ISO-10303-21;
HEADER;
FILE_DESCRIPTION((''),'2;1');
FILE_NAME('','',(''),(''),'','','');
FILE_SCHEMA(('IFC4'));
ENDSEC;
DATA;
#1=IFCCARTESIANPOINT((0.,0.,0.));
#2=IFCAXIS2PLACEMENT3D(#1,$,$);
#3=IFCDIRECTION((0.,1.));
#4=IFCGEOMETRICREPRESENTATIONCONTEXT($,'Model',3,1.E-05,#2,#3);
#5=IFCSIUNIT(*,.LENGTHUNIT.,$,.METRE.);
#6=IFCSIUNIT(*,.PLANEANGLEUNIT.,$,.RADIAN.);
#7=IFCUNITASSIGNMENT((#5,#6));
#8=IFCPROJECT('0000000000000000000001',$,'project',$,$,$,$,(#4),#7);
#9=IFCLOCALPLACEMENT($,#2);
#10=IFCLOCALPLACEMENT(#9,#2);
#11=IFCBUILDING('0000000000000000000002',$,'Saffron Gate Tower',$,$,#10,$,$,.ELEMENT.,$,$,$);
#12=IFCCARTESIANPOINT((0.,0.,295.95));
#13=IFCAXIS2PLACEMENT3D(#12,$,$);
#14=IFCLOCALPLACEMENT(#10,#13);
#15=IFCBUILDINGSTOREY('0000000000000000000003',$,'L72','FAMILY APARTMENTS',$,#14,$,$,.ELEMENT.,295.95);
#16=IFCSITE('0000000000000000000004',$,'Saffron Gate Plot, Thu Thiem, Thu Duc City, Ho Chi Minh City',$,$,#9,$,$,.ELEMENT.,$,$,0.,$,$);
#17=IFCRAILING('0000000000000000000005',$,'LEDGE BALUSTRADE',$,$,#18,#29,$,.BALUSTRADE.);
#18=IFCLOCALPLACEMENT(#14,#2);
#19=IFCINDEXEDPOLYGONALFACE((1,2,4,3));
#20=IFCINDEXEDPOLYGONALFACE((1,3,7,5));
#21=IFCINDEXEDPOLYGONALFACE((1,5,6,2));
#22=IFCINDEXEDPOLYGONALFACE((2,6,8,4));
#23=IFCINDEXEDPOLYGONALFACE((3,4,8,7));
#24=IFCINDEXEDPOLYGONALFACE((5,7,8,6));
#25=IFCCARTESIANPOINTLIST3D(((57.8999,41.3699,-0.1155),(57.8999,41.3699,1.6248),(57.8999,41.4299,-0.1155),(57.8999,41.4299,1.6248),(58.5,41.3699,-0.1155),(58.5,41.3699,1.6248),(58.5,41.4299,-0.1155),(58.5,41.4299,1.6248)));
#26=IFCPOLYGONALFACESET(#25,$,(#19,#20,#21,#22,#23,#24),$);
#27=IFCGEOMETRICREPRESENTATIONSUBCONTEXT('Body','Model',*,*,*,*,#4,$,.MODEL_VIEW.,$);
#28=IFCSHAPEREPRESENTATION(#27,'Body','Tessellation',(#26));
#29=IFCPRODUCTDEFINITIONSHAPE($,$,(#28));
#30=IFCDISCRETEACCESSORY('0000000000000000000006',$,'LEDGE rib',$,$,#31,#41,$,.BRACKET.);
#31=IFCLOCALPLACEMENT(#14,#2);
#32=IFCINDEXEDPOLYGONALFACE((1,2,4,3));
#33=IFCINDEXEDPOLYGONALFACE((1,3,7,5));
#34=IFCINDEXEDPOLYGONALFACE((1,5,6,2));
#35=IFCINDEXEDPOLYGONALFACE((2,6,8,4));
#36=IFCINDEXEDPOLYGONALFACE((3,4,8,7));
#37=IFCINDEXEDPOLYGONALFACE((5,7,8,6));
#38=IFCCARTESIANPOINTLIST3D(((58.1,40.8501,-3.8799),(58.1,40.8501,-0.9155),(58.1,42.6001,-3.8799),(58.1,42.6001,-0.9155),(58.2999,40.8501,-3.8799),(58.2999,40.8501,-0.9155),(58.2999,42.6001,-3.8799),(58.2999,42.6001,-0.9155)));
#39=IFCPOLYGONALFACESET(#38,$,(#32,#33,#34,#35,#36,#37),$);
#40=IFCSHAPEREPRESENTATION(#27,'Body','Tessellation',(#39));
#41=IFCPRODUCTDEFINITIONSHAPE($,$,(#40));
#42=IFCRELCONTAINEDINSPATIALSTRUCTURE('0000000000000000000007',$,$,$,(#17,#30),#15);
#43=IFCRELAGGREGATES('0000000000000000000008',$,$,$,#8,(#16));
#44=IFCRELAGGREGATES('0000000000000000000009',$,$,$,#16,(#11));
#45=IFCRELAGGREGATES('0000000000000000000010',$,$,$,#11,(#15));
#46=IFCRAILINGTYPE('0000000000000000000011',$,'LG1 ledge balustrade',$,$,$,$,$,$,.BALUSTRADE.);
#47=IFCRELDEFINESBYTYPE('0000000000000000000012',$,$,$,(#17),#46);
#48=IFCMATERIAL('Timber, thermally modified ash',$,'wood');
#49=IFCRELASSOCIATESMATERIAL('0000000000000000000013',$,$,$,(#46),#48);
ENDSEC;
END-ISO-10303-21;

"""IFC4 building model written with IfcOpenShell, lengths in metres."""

from ifc_helpers import new_model, si_unit, direction, frame, origin, origin_2d, place, context, subcontext, project, spatial, rectangle, extrude, material, type_object, element, save


model = new_model("IFC4")

# Units and contexts
model_context = context("Model", 3, precision=1e-05, world=origin(), true_north=direction((0.0, 1.0)))
body_context = subcontext(model_context, "Body", "Model", "MODEL_VIEW")
ifc_project = project(units=[si_unit("LENGTHUNIT", "METRE"), si_unit("PLANEANGLEUNIT", "RADIAN")], contexts=[model_context])

# Site, building, storey
site_placement = place(None, origin())
site = spatial("IfcSite", under=ifc_project, at=site_placement, Name="Saffron Gate Plot, Thu Thiem, Thu Duc City, Ho Chi Minh City", CompositionType="ELEMENT", RefElevation=0.0)
building_placement = place(site_placement, origin())
building = spatial("IfcBuilding", under=site, at=building_placement, Name="Saffron Gate Tower", CompositionType="ELEMENT")
storey_placement = place(building_placement, frame((0.0, 0.0, 295.95)))
storey = spatial("IfcBuildingStorey", under=building, at=storey_placement, Name="L72", Description="FAMILY APARTMENTS", CompositionType="ELEMENT", Elevation=295.95)

# Shared definitions
ifc_material_1 = material(Name="Timber, thermally modified ash", Category="wood")

# Railing
railing_type = type_object("IfcRailingType", Name="LG1 ledge balustrade", PredefinedType="BALUSTRADE", material=ifc_material_1)
railing_1_placement = place(storey_placement, frame((57.8999, 41.3999, -0.1155)))
element("IfcRailing", 1, at=railing_1_placement, inside=storey, type_object=railing_type, Name="LEDGE BALUSTRADE", PredefinedType="BALUSTRADE", context=body_context, shape_type="SweptSolid", body=[
    extrude(rectangle(XDim=0.0601, YDim=1.7402, at=origin_2d()), frame((0.0, 0.0, 0.8701), z_axis=(1.0, 0.0, 0.0), x_axis=(0.0, 1.0, 0.0)), (0.0, 0.0, 1.0), 0.6001),
])

# Discrete accessory
discrete_accessory_placement = place(storey_placement, frame((58.2, 41.7251, -3.8799), z_axis=(0.0, 0.0, 1.0), x_axis=(1.0, 0.0, 0.0)))
element("IfcDiscreteAccessory", 2, at=discrete_accessory_placement, inside=storey, Name="LEDGE rib", PredefinedType="BRACKET", context=body_context, shape_type="SweptSolid", body=[
    extrude(rectangle(XDim=0.2, YDim=1.75, at=origin_2d()), origin(), (0.0, 0.0, 1.0), 2.9644),
])

save(model, "model.ifc")
